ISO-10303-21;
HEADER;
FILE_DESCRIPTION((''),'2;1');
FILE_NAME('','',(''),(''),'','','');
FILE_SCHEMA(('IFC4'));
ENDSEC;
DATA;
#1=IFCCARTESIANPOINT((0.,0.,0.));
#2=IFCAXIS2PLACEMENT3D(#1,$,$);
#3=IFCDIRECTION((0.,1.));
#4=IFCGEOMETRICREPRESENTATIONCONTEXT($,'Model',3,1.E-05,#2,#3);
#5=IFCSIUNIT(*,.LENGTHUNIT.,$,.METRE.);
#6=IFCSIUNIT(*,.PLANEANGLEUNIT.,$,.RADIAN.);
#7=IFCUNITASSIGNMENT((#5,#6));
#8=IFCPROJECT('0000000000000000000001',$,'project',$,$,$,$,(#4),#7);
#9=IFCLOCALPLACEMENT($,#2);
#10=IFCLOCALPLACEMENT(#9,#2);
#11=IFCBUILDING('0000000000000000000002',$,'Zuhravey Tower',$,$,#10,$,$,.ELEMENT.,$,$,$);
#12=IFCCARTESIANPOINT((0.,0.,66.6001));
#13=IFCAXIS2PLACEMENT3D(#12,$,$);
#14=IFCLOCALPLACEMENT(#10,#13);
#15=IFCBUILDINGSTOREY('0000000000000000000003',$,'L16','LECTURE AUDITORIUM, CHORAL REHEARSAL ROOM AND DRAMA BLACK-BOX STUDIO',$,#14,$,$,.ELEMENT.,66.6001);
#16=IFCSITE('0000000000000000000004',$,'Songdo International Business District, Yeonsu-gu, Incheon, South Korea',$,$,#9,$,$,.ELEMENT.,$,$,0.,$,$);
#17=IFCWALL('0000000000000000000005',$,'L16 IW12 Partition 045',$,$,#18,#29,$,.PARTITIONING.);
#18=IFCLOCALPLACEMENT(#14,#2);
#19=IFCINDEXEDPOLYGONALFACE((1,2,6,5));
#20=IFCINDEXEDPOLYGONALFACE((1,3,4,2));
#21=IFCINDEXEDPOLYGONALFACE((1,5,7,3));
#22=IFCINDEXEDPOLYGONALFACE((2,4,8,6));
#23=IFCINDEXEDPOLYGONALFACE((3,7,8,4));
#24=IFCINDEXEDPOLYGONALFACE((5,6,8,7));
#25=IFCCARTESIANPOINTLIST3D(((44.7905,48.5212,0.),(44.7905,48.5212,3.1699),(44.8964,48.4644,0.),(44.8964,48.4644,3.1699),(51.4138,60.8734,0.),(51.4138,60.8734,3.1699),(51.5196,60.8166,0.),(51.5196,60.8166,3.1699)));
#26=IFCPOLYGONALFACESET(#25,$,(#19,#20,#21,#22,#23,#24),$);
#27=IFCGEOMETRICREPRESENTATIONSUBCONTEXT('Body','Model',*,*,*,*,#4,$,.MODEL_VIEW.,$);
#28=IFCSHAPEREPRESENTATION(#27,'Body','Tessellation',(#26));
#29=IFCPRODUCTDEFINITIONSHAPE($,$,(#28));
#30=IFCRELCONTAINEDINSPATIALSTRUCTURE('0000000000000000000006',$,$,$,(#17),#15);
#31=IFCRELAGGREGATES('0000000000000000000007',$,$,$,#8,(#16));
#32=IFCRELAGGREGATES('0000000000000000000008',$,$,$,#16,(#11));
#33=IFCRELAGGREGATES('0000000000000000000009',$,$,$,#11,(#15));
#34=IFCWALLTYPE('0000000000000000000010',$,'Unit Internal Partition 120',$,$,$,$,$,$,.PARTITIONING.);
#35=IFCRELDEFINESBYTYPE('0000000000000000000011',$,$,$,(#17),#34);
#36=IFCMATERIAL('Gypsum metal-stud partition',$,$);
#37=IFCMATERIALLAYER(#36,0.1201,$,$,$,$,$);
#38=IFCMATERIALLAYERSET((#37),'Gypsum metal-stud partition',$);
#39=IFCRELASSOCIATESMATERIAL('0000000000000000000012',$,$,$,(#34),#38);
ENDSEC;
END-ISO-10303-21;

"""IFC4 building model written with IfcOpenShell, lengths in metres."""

from ifc_helpers import new_model, si_unit, direction, frame, frame_2d, origin, place, context, subcontext, project, spatial, rectangle, extrude, material, layer, layer_set, type_object, element, save


model = new_model("IFC4")

# Units and contexts
model_context = context("Model", 3, precision=1e-05, world=origin(), true_north=direction((0.0, 1.0)))
body_context = subcontext(model_context, "Body", "Model", "MODEL_VIEW")
ifc_project = project(units=[si_unit("LENGTHUNIT", "METRE"), si_unit("PLANEANGLEUNIT", "RADIAN")], contexts=[model_context])

# Site, building, storey
site_placement = place(None, origin())
site = spatial("IfcSite", under=ifc_project, at=site_placement, Name="Songdo International Business District, Yeonsu-gu, Incheon, South Korea", CompositionType="ELEMENT", RefElevation=0.0)
building_placement = place(site_placement, origin())
building = spatial("IfcBuilding", under=site, at=building_placement, Name="Zuhravey Tower", CompositionType="ELEMENT")
storey_placement = place(building_placement, frame((0.0, 0.0, 66.6001)))
storey = spatial("IfcBuildingStorey", under=building, at=storey_placement, Name="L16", Description="LECTURE AUDITORIUM, CHORAL REHEARSAL ROOM AND DRAMA BLACK-BOX STUDIO", CompositionType="ELEMENT", Elevation=66.6001)

# Wall
ifc_material_1 = material(Name="Gypsum metal-stud partition")
ifc_layer_1 = layer(ifc_material_1, 0.1201)
ifc_layer_set_1 = layer_set([ifc_layer_1], Name="Gypsum metal-stud partition")
wall_type_1 = type_object("IfcWallType", Name="Unit Internal Partition 120", PredefinedType="PARTITIONING", material=ifc_layer_set_1)
wall_1_placement = place(storey_placement, frame((44.8435, 48.4929, 0.0), z_axis=(0.0, 0.0, 1.0), x_axis=(0.472553, 0.881302, 0.0)))
element("IfcWall", 1, at=wall_1_placement, inside=storey, type_object=wall_type_1, Name="L16 IW12 Partition 045", PredefinedType="PARTITIONING", context=body_context, shape_type="SweptSolid", body=[
    extrude(rectangle(XDim=14.0159, YDim=0.1201, at=frame_2d((7.0078, 0.0))), origin(), (0.0, 0.0, 1.0), 3.1699),
])

save(model, "model.ifc")
